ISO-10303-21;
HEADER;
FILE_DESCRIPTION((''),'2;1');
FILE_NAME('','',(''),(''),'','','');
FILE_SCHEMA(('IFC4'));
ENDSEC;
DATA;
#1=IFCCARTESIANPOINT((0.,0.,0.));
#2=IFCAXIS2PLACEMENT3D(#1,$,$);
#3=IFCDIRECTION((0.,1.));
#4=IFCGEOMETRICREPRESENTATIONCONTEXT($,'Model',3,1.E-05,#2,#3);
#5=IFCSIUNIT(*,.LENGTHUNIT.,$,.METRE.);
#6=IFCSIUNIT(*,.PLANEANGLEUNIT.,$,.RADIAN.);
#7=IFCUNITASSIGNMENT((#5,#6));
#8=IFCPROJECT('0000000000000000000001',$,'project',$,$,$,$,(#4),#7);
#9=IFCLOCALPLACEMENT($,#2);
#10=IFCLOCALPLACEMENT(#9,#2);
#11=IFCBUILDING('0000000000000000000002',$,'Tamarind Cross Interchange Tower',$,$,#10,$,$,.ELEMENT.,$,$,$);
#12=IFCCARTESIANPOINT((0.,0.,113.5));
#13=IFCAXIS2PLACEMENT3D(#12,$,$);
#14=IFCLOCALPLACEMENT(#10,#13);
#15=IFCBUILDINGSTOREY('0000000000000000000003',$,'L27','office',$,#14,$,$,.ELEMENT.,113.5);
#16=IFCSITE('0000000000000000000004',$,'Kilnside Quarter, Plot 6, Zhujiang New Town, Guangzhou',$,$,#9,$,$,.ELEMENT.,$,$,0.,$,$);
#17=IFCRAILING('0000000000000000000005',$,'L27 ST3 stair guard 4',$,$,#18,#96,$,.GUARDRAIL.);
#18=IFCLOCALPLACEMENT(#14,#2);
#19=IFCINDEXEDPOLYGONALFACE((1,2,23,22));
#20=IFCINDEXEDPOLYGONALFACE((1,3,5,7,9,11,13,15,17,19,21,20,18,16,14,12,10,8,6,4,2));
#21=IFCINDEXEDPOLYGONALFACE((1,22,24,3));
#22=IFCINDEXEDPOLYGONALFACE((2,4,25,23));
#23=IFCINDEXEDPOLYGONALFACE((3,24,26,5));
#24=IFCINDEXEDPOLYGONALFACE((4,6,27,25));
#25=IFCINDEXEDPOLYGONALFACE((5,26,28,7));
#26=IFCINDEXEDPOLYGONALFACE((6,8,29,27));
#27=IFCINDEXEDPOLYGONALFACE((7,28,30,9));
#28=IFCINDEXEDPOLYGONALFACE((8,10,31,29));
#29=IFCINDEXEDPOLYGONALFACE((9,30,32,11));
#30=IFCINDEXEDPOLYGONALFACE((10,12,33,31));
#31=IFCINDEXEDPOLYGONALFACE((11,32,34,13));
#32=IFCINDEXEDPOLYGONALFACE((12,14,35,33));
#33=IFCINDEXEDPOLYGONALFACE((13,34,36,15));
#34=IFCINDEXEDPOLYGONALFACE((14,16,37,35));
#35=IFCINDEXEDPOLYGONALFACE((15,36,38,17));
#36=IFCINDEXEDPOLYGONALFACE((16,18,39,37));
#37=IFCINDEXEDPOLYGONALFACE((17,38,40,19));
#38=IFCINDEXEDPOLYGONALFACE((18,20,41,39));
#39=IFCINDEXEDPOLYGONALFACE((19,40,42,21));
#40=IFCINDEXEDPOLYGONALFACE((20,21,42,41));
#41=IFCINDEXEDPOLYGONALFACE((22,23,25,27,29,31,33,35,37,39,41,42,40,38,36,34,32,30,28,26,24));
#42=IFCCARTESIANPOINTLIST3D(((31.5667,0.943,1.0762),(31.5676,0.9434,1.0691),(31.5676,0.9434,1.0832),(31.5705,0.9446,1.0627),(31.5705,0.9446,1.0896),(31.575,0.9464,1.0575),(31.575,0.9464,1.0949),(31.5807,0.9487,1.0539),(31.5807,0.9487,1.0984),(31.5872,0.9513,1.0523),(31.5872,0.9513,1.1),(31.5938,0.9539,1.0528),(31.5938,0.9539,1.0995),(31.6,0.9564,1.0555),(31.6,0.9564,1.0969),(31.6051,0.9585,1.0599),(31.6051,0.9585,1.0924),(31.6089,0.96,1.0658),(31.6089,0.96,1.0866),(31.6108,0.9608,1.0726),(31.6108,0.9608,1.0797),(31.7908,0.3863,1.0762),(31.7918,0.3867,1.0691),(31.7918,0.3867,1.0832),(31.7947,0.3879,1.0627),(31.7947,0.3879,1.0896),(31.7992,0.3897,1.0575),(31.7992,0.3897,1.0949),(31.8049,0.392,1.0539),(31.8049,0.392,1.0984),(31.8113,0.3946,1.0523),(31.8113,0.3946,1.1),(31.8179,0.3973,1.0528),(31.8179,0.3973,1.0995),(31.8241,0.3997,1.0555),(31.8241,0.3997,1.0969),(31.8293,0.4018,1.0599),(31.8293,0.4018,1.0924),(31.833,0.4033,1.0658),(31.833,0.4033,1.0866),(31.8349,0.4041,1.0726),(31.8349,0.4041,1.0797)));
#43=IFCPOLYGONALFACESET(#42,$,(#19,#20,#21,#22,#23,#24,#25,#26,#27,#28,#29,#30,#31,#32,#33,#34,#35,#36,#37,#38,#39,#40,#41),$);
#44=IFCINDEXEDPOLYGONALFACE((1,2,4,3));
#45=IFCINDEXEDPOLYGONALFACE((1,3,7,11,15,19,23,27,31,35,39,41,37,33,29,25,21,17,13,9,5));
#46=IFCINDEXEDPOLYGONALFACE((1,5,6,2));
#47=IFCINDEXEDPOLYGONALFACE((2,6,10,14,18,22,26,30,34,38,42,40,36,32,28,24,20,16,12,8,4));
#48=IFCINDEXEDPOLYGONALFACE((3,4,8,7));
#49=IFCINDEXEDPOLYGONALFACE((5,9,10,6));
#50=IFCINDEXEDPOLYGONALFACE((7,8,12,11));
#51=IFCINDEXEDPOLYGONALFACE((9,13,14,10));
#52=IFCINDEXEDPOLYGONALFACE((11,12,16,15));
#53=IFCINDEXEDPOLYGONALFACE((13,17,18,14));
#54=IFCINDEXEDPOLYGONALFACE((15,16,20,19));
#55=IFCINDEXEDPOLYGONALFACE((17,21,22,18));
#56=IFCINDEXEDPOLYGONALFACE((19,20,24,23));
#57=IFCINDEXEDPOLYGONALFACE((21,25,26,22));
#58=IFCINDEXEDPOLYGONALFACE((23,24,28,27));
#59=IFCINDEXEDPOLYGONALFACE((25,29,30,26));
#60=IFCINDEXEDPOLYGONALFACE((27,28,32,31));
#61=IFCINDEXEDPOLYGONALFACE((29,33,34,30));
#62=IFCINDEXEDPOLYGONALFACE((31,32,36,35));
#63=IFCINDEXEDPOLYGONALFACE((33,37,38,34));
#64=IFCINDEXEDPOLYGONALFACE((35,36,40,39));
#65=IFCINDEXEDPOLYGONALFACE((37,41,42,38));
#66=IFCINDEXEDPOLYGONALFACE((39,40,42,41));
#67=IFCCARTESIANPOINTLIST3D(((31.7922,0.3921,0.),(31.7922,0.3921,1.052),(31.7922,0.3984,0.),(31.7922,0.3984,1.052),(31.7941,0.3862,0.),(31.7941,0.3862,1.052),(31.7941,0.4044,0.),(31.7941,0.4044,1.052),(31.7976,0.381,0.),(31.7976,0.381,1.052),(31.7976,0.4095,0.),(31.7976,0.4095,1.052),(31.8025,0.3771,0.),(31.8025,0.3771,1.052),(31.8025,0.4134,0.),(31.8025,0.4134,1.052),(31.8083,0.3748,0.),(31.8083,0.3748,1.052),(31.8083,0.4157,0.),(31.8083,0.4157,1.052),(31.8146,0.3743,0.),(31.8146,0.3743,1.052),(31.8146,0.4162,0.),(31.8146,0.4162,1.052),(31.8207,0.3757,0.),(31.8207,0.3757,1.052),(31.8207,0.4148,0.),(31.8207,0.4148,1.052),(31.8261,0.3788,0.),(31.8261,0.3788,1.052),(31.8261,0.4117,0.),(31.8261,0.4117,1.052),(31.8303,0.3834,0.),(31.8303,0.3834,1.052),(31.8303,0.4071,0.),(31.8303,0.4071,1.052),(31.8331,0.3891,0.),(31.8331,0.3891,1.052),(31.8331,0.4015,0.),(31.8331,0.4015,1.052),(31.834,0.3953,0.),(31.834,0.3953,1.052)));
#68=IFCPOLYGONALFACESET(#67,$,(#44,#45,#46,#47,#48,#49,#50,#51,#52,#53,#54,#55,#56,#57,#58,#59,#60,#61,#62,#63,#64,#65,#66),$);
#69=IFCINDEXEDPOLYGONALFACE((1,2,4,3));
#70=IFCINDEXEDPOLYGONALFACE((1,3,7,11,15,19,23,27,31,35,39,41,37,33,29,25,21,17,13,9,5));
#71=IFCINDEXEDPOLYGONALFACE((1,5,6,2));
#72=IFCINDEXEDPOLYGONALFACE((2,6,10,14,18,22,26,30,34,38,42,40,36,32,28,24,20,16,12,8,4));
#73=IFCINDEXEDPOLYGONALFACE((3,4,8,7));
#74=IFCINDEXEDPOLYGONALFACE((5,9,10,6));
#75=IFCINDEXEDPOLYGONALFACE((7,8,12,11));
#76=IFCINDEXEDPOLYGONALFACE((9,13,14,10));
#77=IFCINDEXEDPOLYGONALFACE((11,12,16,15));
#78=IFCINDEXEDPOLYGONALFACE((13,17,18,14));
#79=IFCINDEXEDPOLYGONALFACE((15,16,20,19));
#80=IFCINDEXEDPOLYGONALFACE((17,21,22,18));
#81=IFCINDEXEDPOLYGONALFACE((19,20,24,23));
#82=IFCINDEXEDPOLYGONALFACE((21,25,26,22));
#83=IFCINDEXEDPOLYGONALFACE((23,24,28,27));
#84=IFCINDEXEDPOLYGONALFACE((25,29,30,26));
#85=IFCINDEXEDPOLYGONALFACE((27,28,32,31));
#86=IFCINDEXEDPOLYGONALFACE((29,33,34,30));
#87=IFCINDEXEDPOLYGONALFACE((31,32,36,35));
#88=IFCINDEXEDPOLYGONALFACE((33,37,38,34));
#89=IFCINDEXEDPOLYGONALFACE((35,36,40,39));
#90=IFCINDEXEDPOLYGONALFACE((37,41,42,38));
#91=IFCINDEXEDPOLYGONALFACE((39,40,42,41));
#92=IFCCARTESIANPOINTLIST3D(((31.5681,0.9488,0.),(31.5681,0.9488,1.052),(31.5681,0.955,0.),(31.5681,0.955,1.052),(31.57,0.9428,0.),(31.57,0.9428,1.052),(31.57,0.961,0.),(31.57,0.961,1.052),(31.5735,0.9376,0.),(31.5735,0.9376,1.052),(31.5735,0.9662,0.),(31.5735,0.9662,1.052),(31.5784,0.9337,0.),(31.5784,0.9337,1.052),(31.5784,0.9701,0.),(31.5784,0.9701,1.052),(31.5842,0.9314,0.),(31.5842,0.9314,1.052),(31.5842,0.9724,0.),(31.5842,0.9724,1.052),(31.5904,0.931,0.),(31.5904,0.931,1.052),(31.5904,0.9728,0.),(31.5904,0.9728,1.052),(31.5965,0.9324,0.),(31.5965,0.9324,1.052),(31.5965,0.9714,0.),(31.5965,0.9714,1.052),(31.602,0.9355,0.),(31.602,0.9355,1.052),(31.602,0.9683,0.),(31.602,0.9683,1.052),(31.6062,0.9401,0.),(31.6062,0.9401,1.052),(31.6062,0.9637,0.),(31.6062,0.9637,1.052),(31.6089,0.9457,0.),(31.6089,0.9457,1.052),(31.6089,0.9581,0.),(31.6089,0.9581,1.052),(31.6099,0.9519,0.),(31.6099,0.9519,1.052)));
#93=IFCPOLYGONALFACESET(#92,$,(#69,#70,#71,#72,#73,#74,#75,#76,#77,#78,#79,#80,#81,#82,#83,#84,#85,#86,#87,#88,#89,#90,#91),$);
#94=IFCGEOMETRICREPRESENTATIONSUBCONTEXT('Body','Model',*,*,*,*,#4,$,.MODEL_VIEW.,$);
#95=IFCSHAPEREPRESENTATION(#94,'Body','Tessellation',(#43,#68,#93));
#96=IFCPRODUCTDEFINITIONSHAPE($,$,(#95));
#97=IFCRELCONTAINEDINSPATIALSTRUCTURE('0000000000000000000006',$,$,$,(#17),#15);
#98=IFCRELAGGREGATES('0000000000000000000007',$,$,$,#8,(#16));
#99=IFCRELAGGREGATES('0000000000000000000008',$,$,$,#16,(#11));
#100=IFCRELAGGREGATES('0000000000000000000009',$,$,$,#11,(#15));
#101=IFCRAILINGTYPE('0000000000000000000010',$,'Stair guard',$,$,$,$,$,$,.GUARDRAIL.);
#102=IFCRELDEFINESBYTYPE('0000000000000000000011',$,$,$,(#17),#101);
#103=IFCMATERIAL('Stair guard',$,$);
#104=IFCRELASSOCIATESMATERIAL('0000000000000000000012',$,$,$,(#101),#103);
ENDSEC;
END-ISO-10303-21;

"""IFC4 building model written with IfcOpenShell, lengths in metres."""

from ifc_helpers import new_model, si_unit, direction, frame, origin, origin_2d, place, context, subcontext, project, spatial, circle, extrude, material, type_object, element, save


model = new_model("IFC4")

# Units and contexts
model_context = context("Model", 3, precision=1e-05, world=origin(), true_north=direction((0.0, 1.0)))
body_context = subcontext(model_context, "Body", "Model", "MODEL_VIEW")
ifc_project = project(units=[si_unit("LENGTHUNIT", "METRE"), si_unit("PLANEANGLEUNIT", "RADIAN")], contexts=[model_context])

# Site, building, storey
site_placement = place(None, origin())
site = spatial("IfcSite", under=ifc_project, at=site_placement, Name="Kilnside Quarter, Plot 6, Zhujiang New Town, Guangzhou", CompositionType="ELEMENT", RefElevation=0.0)
building_placement = place(site_placement, origin())
building = spatial("IfcBuilding", under=site, at=building_placement, Name="Tamarind Cross Interchange Tower", CompositionType="ELEMENT")
storey_placement = place(building_placement, frame((0.0, 0.0, 113.5)))
storey = spatial("IfcBuildingStorey", under=building, at=storey_placement, Name="L27", Description="office", CompositionType="ELEMENT", Elevation=113.5)

# Railing
ifc_material_1 = material(Name="Stair guard")
railing_type_1 = type_object("IfcRailingType", Name="Stair guard", PredefinedType="GUARDRAIL", material=ifc_material_1)
railing_1_placement = place(storey_placement, frame((31.813, 0.3953, 0.0)))
element("IfcRailing", 1, at=railing_1_placement, inside=storey, type_object=railing_type_1, Name="L27 ST3 stair guard 4", PredefinedType="GUARDRAIL", context=body_context, shape_type="SweptSolid", body=[
    extrude(circle(Radius=0.0239, at=origin_2d()), frame((0.0, 0.0, 1.0762), z_axis=(-0.373494, 0.927633, 0.0), x_axis=(-0.927633, -0.373494, 0.0)), (0.0, 0.0, 1.0), 0.6001),
    extrude(circle(Radius=0.021, at=origin_2d()), origin(), (0.0, 0.0, 1.0), 1.052),
    extrude(circle(Radius=0.021, at=origin_2d()), frame((-0.2241, 0.5566, 0.0)), (0.0, 0.0, 1.0), 1.052),
])

save(model, "model.ifc")
